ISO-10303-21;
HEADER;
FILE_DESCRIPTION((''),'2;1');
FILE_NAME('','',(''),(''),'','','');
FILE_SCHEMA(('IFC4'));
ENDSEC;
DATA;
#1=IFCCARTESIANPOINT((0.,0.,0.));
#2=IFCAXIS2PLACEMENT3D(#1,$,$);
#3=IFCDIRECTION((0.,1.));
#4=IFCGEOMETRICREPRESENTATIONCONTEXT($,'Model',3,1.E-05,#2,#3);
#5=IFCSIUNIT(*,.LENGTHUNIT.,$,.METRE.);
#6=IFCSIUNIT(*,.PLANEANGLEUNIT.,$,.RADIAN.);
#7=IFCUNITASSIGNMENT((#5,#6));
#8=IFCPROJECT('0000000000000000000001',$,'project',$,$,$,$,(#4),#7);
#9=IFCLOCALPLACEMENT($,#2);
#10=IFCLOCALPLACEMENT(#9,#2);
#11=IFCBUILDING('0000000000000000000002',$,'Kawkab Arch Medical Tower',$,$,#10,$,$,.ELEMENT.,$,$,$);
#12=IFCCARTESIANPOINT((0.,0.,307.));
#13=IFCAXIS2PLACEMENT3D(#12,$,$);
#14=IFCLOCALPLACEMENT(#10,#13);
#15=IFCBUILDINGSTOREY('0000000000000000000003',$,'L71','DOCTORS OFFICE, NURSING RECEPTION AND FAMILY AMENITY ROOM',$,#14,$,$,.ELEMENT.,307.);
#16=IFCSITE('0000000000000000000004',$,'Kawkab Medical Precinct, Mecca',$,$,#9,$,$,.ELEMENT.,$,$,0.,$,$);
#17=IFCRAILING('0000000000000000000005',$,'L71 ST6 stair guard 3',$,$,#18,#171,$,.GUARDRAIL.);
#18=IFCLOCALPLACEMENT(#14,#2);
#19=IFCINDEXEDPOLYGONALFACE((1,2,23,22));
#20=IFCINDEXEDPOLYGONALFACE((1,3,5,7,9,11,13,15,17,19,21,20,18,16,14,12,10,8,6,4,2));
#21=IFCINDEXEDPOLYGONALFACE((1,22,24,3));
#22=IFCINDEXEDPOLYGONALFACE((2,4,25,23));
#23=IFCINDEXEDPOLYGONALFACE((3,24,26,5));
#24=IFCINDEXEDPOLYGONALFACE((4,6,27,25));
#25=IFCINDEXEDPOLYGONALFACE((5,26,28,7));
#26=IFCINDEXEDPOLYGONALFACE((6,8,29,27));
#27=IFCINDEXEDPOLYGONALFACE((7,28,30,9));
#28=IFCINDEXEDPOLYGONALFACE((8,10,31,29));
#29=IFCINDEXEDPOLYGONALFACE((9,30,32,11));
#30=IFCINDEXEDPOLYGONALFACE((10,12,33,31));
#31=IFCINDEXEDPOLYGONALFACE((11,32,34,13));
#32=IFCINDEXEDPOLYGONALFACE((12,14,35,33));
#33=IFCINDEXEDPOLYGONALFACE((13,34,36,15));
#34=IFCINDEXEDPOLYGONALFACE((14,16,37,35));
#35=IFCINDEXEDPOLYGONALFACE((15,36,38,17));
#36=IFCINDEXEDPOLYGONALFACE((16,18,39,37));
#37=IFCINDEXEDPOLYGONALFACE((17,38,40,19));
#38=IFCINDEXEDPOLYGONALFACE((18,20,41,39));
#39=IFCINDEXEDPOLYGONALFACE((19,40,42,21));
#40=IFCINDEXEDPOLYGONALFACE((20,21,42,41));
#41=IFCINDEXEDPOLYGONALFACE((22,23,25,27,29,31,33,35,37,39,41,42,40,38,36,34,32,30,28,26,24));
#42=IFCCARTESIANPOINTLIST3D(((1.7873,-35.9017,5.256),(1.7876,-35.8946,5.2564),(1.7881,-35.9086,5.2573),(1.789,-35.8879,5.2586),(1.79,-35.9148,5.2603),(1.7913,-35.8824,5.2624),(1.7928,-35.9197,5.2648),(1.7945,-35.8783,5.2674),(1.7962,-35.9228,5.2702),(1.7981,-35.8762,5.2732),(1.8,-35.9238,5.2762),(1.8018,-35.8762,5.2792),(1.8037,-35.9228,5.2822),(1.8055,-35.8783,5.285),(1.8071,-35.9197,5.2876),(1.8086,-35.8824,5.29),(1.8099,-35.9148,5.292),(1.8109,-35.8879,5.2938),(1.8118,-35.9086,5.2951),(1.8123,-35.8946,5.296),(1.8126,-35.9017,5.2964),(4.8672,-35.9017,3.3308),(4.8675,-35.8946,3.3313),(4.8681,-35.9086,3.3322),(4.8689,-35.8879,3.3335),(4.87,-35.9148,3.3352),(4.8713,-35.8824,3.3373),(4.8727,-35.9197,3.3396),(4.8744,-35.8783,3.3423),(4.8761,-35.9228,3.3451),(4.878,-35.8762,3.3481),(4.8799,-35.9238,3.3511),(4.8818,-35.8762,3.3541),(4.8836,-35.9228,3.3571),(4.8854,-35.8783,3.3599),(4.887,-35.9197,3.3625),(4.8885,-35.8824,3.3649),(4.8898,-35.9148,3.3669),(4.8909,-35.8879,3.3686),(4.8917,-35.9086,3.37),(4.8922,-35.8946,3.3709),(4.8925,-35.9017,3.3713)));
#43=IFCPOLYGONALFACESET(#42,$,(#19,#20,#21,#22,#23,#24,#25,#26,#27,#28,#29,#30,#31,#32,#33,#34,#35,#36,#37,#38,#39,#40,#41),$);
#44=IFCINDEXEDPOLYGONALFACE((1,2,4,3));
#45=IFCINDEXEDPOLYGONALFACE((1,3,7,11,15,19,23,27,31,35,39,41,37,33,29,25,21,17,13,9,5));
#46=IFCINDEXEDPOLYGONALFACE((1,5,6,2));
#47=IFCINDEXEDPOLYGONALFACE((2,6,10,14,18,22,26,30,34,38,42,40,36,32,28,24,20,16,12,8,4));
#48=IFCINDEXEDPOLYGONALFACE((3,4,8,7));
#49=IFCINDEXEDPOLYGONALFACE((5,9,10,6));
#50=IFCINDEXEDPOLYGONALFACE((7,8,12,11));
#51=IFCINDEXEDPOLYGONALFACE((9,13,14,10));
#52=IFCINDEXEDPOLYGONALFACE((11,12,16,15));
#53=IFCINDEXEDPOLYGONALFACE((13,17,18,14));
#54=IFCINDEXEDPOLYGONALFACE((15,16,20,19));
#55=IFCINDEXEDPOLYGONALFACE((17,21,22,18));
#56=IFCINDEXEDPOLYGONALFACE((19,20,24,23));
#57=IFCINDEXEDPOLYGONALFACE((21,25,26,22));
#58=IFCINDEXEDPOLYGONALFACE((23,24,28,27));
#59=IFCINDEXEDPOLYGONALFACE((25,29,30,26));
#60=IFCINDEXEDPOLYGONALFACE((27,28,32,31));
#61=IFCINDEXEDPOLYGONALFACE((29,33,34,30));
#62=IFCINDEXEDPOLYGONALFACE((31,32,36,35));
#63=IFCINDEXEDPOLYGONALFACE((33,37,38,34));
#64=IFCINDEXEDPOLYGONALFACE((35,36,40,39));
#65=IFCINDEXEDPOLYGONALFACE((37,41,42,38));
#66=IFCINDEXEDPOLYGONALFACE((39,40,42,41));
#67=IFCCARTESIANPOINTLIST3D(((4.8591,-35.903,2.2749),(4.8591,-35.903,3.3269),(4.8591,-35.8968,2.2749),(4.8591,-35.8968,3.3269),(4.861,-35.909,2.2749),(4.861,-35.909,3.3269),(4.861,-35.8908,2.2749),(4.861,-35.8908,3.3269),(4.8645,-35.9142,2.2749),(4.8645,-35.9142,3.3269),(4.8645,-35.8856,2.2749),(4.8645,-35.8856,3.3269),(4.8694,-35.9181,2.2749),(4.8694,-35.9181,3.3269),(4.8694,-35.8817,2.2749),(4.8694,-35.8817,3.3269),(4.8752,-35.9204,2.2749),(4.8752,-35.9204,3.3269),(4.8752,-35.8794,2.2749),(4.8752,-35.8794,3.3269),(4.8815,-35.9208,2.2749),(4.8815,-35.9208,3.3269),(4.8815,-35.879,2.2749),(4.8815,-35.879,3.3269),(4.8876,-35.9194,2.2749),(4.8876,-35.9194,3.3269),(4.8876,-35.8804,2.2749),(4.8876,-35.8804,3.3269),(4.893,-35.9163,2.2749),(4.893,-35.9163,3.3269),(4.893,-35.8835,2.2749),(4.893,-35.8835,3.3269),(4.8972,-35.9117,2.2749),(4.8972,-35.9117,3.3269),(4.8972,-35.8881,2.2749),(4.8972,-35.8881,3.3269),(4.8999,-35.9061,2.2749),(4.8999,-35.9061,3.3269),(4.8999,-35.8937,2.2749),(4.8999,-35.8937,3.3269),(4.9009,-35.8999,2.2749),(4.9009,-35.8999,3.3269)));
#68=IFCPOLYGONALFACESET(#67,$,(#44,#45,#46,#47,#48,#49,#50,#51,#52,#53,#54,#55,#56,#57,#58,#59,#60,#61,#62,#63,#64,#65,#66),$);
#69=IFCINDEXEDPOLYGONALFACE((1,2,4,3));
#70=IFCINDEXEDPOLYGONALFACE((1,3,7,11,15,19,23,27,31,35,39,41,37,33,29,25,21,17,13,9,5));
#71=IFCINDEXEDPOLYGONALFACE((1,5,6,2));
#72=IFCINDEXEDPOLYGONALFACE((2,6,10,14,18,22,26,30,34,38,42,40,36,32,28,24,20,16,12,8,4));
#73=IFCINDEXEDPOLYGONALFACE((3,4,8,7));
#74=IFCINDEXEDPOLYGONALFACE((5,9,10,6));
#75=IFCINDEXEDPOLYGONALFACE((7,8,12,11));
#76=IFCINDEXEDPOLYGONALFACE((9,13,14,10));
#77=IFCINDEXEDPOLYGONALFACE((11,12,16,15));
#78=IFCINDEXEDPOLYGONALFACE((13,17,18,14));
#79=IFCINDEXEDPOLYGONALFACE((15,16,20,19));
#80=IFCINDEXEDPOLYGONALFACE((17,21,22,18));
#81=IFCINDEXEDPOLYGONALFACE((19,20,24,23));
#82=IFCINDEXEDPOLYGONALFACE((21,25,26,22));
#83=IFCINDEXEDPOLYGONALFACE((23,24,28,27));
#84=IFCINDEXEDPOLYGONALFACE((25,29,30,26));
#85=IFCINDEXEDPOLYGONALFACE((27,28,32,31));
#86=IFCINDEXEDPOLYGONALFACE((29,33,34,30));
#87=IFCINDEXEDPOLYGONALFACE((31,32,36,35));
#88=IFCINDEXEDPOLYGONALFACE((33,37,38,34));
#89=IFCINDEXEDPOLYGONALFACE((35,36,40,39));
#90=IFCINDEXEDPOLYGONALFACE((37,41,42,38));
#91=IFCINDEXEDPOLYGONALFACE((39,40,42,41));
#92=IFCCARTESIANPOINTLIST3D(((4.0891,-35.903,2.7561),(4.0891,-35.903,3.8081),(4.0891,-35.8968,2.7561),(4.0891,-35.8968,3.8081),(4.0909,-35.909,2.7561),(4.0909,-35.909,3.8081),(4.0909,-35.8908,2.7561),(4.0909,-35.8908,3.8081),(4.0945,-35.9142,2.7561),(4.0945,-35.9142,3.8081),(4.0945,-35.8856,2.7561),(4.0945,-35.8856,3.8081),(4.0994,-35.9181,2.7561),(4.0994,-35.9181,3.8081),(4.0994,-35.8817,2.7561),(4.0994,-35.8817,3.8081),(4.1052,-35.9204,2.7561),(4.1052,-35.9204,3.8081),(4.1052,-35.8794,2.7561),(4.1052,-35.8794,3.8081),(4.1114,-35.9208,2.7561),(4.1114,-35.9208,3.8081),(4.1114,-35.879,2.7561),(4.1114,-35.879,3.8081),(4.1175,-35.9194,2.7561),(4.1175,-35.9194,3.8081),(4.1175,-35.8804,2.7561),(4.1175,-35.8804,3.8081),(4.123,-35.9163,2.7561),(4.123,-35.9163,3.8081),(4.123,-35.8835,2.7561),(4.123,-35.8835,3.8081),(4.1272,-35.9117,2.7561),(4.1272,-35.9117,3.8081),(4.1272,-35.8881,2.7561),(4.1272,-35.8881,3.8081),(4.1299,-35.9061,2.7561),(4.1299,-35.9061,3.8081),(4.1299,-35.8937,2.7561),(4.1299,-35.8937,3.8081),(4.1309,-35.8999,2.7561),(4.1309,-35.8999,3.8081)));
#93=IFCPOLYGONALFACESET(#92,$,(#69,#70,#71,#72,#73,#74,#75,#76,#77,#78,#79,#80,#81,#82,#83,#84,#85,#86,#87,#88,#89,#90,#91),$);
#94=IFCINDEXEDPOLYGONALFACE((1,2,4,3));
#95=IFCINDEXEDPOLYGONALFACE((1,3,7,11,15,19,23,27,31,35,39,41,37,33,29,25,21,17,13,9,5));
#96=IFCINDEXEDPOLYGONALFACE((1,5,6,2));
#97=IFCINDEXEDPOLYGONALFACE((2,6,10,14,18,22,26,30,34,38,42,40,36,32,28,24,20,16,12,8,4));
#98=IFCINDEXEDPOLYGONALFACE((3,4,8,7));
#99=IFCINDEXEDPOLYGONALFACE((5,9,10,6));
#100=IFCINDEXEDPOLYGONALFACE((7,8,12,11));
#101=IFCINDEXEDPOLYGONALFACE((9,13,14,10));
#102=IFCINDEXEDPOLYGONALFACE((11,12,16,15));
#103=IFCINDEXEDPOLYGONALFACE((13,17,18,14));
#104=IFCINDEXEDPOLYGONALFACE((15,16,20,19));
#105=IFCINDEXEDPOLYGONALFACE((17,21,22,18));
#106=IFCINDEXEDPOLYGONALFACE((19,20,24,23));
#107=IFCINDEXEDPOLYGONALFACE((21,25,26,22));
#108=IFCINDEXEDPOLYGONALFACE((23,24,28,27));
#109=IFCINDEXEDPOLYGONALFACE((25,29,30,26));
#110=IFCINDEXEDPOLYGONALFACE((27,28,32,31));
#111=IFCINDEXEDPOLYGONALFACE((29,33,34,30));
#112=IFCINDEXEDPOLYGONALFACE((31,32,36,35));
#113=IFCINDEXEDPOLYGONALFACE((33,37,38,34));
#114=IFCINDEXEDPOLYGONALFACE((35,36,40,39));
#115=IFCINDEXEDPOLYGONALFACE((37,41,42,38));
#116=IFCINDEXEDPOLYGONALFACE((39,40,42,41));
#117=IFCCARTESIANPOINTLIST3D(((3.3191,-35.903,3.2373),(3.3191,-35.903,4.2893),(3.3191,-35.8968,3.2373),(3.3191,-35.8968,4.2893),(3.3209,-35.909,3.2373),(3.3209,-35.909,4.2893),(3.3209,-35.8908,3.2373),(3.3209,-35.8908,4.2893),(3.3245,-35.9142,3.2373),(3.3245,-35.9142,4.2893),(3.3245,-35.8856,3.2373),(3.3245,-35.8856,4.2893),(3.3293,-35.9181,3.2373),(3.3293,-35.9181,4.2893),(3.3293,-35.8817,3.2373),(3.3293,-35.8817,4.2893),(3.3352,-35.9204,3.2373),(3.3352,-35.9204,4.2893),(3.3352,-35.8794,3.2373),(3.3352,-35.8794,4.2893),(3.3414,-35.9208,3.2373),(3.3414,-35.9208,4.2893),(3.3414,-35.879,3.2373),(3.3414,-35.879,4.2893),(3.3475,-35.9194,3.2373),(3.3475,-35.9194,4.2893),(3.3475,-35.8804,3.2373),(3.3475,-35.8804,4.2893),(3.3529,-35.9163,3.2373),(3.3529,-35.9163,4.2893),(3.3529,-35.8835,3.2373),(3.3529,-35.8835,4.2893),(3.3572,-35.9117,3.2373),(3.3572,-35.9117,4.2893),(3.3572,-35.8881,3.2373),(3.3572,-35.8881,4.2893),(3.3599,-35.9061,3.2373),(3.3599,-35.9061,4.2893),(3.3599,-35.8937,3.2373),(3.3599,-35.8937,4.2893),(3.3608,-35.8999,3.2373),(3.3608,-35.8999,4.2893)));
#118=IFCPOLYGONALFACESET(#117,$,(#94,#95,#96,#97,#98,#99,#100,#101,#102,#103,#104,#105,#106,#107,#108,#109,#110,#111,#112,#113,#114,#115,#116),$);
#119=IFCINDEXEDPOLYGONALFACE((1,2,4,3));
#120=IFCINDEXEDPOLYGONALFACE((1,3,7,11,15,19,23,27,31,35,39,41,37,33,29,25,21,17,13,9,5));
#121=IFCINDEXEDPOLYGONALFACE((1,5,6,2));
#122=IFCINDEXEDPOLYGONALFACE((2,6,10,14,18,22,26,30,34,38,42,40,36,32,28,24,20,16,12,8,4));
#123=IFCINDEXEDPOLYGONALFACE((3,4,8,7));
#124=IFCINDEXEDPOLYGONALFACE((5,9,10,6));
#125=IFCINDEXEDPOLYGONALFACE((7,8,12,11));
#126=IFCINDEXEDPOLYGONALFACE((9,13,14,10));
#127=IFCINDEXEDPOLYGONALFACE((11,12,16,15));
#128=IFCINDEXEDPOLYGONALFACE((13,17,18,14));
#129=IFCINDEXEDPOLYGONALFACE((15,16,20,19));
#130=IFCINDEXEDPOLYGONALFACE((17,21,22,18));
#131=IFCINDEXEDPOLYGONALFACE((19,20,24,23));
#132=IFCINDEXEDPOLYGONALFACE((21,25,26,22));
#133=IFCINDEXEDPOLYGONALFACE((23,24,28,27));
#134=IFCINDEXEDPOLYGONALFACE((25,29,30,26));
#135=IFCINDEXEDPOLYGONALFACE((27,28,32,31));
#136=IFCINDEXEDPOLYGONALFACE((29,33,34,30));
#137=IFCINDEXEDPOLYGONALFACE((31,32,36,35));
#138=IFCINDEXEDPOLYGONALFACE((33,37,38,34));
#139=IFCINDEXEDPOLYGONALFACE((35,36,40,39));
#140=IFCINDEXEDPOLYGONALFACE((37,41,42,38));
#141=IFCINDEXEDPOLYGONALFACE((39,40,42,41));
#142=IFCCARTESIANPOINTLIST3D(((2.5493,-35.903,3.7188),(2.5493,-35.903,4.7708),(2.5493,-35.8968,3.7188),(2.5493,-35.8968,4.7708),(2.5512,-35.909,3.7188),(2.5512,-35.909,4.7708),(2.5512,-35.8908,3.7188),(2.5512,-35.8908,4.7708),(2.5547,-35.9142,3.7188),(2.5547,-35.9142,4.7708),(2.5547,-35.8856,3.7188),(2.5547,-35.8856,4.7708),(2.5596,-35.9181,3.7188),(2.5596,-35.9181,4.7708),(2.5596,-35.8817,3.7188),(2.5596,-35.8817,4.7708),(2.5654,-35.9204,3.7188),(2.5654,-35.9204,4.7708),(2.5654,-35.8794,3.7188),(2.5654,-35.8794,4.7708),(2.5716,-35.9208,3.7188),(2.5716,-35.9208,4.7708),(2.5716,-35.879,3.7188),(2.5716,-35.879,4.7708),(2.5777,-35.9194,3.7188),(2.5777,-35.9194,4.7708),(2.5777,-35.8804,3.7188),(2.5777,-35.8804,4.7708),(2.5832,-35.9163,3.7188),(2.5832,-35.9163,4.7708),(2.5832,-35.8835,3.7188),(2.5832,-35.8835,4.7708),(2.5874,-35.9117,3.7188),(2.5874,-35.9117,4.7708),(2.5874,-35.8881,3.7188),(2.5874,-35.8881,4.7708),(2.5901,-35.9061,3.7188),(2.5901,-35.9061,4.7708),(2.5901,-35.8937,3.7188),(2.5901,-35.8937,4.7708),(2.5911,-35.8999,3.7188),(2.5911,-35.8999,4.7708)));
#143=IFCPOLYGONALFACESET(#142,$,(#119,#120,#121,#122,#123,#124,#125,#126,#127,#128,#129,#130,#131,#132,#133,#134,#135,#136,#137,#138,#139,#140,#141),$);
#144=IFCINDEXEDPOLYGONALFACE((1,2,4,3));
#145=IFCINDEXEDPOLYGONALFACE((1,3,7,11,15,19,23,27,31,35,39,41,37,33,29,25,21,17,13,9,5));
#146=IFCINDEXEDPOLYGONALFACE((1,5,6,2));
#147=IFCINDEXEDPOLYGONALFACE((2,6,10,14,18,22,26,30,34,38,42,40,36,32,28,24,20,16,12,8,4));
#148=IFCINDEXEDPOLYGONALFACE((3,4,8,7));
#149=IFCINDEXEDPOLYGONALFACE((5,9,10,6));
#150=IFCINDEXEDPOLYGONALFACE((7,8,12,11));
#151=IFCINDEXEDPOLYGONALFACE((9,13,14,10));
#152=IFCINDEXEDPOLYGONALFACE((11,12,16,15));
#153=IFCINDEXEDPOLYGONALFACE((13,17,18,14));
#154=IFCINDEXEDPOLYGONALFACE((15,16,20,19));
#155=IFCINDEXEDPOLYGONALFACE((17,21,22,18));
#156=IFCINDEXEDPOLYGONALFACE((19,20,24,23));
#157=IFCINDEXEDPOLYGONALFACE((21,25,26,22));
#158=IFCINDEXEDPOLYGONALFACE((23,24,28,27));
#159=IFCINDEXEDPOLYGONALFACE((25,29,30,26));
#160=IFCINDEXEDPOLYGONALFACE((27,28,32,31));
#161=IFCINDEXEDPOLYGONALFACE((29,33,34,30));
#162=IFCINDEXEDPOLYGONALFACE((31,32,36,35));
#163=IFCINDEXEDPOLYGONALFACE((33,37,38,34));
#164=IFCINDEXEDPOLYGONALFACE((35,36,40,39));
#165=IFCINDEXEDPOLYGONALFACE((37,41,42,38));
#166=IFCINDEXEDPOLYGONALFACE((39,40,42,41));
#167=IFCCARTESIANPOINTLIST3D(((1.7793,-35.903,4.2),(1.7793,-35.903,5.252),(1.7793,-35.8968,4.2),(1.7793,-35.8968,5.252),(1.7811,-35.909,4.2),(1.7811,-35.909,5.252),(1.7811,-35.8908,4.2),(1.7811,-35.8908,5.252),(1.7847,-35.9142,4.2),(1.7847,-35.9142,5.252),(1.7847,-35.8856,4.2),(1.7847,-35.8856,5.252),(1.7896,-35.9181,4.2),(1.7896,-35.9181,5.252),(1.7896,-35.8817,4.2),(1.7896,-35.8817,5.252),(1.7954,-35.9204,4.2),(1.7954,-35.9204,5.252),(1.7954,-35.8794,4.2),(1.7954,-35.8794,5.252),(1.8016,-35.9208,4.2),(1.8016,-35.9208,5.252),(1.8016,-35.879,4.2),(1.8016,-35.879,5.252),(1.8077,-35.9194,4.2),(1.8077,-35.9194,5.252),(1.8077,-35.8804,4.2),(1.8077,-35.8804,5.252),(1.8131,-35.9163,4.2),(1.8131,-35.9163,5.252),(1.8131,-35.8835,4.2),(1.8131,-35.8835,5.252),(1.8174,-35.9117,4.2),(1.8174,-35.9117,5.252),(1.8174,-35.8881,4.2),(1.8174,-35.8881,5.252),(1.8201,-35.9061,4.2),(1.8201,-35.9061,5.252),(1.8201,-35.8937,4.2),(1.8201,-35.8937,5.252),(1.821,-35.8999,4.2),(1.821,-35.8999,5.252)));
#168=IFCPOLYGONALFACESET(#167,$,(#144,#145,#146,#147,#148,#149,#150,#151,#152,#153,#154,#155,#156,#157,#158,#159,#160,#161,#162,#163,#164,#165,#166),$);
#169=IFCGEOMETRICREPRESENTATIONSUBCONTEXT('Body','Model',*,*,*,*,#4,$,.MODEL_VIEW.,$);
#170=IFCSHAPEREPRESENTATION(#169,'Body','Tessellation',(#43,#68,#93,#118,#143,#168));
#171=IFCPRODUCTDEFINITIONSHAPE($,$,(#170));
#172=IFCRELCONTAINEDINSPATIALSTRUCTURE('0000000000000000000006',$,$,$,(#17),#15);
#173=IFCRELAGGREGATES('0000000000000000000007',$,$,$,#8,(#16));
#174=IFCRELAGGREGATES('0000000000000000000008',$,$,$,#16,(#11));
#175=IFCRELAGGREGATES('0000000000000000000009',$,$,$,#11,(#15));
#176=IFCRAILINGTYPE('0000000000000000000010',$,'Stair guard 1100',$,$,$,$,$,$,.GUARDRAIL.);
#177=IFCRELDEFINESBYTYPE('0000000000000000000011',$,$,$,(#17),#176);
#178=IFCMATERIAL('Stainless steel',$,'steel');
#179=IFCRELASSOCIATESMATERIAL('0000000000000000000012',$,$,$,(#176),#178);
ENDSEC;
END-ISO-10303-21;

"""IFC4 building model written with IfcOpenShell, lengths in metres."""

from ifc_helpers import new_model, si_unit, direction, frame, origin, origin_2d, place, context, subcontext, project, spatial, circle, extrude, material, type_object, element, save


model = new_model("IFC4")

# Units and contexts
model_context = context("Model", 3, precision=1e-05, world=origin(), true_north=direction((0.0, 1.0)))
body_context = subcontext(model_context, "Body", "Model", "MODEL_VIEW")
ifc_project = project(units=[si_unit("LENGTHUNIT", "METRE"), si_unit("PLANEANGLEUNIT", "RADIAN")], contexts=[model_context])

# Site, building, storey
site_placement = place(None, origin())
site = spatial("IfcSite", under=ifc_project, at=site_placement, Name="Kawkab Medical Precinct, Mecca", CompositionType="ELEMENT", RefElevation=0.0)
building_placement = place(site_placement, origin())
building = spatial("IfcBuilding", under=site, at=building_placement, Name="Kawkab Arch Medical Tower", CompositionType="ELEMENT")
storey_placement = place(building_placement, frame((0.0, 0.0, 307.0)))
storey = spatial("IfcBuildingStorey", under=building, at=storey_placement, Name="L71", Description="DOCTORS OFFICE, NURSING RECEPTION AND FAMILY AMENITY ROOM", CompositionType="ELEMENT", Elevation=307.0)

# Railing
ifc_material_1 = material(Name="Stainless steel", Category="steel")
railing_type_1 = type_object("IfcRailingType", Name="Stair guard 1100", PredefinedType="GUARDRAIL", material=ifc_material_1)
railing_1_placement = place(storey_placement, frame((4.8799, -35.8999, 2.2749)))
element("IfcRailing", 1, at=railing_1_placement, inside=storey, type_object=railing_type_1, Name="L71 ST6 stair guard 3", PredefinedType="GUARDRAIL", context=body_context, shape_type="SweptSolid", body=[
    extrude(circle(Radius=0.0239, at=origin_2d()), frame((0.0, 0.0, 1.0762), z_axis=(-0.847979, 0.0, 0.530029), x_axis=(0.0, -1.0, 0.0)), (0.0, 0.0, 1.0), 3.6321),
    extrude(circle(Radius=0.021, at=origin_2d()), origin(), (0.0, 0.0, 1.0), 1.052),
    extrude(circle(Radius=0.021, at=origin_2d()), frame((-0.77, 0.0, 0.4812)), (0.0, 0.0, 1.0), 1.052),
    extrude(circle(Radius=0.021, at=origin_2d()), frame((-1.54, 0.0, 0.9624)), (0.0, 0.0, 1.0), 1.052),
    extrude(circle(Radius=0.021, at=origin_2d()), frame((-2.3098, 0.0, 1.4438)), (0.0, 0.0, 1.0), 1.052),
    extrude(circle(Radius=0.021, at=origin_2d()), frame((-3.0798, 0.0, 1.925)), (0.0, 0.0, 1.0), 1.052),
])

save(model, "model.ifc")
